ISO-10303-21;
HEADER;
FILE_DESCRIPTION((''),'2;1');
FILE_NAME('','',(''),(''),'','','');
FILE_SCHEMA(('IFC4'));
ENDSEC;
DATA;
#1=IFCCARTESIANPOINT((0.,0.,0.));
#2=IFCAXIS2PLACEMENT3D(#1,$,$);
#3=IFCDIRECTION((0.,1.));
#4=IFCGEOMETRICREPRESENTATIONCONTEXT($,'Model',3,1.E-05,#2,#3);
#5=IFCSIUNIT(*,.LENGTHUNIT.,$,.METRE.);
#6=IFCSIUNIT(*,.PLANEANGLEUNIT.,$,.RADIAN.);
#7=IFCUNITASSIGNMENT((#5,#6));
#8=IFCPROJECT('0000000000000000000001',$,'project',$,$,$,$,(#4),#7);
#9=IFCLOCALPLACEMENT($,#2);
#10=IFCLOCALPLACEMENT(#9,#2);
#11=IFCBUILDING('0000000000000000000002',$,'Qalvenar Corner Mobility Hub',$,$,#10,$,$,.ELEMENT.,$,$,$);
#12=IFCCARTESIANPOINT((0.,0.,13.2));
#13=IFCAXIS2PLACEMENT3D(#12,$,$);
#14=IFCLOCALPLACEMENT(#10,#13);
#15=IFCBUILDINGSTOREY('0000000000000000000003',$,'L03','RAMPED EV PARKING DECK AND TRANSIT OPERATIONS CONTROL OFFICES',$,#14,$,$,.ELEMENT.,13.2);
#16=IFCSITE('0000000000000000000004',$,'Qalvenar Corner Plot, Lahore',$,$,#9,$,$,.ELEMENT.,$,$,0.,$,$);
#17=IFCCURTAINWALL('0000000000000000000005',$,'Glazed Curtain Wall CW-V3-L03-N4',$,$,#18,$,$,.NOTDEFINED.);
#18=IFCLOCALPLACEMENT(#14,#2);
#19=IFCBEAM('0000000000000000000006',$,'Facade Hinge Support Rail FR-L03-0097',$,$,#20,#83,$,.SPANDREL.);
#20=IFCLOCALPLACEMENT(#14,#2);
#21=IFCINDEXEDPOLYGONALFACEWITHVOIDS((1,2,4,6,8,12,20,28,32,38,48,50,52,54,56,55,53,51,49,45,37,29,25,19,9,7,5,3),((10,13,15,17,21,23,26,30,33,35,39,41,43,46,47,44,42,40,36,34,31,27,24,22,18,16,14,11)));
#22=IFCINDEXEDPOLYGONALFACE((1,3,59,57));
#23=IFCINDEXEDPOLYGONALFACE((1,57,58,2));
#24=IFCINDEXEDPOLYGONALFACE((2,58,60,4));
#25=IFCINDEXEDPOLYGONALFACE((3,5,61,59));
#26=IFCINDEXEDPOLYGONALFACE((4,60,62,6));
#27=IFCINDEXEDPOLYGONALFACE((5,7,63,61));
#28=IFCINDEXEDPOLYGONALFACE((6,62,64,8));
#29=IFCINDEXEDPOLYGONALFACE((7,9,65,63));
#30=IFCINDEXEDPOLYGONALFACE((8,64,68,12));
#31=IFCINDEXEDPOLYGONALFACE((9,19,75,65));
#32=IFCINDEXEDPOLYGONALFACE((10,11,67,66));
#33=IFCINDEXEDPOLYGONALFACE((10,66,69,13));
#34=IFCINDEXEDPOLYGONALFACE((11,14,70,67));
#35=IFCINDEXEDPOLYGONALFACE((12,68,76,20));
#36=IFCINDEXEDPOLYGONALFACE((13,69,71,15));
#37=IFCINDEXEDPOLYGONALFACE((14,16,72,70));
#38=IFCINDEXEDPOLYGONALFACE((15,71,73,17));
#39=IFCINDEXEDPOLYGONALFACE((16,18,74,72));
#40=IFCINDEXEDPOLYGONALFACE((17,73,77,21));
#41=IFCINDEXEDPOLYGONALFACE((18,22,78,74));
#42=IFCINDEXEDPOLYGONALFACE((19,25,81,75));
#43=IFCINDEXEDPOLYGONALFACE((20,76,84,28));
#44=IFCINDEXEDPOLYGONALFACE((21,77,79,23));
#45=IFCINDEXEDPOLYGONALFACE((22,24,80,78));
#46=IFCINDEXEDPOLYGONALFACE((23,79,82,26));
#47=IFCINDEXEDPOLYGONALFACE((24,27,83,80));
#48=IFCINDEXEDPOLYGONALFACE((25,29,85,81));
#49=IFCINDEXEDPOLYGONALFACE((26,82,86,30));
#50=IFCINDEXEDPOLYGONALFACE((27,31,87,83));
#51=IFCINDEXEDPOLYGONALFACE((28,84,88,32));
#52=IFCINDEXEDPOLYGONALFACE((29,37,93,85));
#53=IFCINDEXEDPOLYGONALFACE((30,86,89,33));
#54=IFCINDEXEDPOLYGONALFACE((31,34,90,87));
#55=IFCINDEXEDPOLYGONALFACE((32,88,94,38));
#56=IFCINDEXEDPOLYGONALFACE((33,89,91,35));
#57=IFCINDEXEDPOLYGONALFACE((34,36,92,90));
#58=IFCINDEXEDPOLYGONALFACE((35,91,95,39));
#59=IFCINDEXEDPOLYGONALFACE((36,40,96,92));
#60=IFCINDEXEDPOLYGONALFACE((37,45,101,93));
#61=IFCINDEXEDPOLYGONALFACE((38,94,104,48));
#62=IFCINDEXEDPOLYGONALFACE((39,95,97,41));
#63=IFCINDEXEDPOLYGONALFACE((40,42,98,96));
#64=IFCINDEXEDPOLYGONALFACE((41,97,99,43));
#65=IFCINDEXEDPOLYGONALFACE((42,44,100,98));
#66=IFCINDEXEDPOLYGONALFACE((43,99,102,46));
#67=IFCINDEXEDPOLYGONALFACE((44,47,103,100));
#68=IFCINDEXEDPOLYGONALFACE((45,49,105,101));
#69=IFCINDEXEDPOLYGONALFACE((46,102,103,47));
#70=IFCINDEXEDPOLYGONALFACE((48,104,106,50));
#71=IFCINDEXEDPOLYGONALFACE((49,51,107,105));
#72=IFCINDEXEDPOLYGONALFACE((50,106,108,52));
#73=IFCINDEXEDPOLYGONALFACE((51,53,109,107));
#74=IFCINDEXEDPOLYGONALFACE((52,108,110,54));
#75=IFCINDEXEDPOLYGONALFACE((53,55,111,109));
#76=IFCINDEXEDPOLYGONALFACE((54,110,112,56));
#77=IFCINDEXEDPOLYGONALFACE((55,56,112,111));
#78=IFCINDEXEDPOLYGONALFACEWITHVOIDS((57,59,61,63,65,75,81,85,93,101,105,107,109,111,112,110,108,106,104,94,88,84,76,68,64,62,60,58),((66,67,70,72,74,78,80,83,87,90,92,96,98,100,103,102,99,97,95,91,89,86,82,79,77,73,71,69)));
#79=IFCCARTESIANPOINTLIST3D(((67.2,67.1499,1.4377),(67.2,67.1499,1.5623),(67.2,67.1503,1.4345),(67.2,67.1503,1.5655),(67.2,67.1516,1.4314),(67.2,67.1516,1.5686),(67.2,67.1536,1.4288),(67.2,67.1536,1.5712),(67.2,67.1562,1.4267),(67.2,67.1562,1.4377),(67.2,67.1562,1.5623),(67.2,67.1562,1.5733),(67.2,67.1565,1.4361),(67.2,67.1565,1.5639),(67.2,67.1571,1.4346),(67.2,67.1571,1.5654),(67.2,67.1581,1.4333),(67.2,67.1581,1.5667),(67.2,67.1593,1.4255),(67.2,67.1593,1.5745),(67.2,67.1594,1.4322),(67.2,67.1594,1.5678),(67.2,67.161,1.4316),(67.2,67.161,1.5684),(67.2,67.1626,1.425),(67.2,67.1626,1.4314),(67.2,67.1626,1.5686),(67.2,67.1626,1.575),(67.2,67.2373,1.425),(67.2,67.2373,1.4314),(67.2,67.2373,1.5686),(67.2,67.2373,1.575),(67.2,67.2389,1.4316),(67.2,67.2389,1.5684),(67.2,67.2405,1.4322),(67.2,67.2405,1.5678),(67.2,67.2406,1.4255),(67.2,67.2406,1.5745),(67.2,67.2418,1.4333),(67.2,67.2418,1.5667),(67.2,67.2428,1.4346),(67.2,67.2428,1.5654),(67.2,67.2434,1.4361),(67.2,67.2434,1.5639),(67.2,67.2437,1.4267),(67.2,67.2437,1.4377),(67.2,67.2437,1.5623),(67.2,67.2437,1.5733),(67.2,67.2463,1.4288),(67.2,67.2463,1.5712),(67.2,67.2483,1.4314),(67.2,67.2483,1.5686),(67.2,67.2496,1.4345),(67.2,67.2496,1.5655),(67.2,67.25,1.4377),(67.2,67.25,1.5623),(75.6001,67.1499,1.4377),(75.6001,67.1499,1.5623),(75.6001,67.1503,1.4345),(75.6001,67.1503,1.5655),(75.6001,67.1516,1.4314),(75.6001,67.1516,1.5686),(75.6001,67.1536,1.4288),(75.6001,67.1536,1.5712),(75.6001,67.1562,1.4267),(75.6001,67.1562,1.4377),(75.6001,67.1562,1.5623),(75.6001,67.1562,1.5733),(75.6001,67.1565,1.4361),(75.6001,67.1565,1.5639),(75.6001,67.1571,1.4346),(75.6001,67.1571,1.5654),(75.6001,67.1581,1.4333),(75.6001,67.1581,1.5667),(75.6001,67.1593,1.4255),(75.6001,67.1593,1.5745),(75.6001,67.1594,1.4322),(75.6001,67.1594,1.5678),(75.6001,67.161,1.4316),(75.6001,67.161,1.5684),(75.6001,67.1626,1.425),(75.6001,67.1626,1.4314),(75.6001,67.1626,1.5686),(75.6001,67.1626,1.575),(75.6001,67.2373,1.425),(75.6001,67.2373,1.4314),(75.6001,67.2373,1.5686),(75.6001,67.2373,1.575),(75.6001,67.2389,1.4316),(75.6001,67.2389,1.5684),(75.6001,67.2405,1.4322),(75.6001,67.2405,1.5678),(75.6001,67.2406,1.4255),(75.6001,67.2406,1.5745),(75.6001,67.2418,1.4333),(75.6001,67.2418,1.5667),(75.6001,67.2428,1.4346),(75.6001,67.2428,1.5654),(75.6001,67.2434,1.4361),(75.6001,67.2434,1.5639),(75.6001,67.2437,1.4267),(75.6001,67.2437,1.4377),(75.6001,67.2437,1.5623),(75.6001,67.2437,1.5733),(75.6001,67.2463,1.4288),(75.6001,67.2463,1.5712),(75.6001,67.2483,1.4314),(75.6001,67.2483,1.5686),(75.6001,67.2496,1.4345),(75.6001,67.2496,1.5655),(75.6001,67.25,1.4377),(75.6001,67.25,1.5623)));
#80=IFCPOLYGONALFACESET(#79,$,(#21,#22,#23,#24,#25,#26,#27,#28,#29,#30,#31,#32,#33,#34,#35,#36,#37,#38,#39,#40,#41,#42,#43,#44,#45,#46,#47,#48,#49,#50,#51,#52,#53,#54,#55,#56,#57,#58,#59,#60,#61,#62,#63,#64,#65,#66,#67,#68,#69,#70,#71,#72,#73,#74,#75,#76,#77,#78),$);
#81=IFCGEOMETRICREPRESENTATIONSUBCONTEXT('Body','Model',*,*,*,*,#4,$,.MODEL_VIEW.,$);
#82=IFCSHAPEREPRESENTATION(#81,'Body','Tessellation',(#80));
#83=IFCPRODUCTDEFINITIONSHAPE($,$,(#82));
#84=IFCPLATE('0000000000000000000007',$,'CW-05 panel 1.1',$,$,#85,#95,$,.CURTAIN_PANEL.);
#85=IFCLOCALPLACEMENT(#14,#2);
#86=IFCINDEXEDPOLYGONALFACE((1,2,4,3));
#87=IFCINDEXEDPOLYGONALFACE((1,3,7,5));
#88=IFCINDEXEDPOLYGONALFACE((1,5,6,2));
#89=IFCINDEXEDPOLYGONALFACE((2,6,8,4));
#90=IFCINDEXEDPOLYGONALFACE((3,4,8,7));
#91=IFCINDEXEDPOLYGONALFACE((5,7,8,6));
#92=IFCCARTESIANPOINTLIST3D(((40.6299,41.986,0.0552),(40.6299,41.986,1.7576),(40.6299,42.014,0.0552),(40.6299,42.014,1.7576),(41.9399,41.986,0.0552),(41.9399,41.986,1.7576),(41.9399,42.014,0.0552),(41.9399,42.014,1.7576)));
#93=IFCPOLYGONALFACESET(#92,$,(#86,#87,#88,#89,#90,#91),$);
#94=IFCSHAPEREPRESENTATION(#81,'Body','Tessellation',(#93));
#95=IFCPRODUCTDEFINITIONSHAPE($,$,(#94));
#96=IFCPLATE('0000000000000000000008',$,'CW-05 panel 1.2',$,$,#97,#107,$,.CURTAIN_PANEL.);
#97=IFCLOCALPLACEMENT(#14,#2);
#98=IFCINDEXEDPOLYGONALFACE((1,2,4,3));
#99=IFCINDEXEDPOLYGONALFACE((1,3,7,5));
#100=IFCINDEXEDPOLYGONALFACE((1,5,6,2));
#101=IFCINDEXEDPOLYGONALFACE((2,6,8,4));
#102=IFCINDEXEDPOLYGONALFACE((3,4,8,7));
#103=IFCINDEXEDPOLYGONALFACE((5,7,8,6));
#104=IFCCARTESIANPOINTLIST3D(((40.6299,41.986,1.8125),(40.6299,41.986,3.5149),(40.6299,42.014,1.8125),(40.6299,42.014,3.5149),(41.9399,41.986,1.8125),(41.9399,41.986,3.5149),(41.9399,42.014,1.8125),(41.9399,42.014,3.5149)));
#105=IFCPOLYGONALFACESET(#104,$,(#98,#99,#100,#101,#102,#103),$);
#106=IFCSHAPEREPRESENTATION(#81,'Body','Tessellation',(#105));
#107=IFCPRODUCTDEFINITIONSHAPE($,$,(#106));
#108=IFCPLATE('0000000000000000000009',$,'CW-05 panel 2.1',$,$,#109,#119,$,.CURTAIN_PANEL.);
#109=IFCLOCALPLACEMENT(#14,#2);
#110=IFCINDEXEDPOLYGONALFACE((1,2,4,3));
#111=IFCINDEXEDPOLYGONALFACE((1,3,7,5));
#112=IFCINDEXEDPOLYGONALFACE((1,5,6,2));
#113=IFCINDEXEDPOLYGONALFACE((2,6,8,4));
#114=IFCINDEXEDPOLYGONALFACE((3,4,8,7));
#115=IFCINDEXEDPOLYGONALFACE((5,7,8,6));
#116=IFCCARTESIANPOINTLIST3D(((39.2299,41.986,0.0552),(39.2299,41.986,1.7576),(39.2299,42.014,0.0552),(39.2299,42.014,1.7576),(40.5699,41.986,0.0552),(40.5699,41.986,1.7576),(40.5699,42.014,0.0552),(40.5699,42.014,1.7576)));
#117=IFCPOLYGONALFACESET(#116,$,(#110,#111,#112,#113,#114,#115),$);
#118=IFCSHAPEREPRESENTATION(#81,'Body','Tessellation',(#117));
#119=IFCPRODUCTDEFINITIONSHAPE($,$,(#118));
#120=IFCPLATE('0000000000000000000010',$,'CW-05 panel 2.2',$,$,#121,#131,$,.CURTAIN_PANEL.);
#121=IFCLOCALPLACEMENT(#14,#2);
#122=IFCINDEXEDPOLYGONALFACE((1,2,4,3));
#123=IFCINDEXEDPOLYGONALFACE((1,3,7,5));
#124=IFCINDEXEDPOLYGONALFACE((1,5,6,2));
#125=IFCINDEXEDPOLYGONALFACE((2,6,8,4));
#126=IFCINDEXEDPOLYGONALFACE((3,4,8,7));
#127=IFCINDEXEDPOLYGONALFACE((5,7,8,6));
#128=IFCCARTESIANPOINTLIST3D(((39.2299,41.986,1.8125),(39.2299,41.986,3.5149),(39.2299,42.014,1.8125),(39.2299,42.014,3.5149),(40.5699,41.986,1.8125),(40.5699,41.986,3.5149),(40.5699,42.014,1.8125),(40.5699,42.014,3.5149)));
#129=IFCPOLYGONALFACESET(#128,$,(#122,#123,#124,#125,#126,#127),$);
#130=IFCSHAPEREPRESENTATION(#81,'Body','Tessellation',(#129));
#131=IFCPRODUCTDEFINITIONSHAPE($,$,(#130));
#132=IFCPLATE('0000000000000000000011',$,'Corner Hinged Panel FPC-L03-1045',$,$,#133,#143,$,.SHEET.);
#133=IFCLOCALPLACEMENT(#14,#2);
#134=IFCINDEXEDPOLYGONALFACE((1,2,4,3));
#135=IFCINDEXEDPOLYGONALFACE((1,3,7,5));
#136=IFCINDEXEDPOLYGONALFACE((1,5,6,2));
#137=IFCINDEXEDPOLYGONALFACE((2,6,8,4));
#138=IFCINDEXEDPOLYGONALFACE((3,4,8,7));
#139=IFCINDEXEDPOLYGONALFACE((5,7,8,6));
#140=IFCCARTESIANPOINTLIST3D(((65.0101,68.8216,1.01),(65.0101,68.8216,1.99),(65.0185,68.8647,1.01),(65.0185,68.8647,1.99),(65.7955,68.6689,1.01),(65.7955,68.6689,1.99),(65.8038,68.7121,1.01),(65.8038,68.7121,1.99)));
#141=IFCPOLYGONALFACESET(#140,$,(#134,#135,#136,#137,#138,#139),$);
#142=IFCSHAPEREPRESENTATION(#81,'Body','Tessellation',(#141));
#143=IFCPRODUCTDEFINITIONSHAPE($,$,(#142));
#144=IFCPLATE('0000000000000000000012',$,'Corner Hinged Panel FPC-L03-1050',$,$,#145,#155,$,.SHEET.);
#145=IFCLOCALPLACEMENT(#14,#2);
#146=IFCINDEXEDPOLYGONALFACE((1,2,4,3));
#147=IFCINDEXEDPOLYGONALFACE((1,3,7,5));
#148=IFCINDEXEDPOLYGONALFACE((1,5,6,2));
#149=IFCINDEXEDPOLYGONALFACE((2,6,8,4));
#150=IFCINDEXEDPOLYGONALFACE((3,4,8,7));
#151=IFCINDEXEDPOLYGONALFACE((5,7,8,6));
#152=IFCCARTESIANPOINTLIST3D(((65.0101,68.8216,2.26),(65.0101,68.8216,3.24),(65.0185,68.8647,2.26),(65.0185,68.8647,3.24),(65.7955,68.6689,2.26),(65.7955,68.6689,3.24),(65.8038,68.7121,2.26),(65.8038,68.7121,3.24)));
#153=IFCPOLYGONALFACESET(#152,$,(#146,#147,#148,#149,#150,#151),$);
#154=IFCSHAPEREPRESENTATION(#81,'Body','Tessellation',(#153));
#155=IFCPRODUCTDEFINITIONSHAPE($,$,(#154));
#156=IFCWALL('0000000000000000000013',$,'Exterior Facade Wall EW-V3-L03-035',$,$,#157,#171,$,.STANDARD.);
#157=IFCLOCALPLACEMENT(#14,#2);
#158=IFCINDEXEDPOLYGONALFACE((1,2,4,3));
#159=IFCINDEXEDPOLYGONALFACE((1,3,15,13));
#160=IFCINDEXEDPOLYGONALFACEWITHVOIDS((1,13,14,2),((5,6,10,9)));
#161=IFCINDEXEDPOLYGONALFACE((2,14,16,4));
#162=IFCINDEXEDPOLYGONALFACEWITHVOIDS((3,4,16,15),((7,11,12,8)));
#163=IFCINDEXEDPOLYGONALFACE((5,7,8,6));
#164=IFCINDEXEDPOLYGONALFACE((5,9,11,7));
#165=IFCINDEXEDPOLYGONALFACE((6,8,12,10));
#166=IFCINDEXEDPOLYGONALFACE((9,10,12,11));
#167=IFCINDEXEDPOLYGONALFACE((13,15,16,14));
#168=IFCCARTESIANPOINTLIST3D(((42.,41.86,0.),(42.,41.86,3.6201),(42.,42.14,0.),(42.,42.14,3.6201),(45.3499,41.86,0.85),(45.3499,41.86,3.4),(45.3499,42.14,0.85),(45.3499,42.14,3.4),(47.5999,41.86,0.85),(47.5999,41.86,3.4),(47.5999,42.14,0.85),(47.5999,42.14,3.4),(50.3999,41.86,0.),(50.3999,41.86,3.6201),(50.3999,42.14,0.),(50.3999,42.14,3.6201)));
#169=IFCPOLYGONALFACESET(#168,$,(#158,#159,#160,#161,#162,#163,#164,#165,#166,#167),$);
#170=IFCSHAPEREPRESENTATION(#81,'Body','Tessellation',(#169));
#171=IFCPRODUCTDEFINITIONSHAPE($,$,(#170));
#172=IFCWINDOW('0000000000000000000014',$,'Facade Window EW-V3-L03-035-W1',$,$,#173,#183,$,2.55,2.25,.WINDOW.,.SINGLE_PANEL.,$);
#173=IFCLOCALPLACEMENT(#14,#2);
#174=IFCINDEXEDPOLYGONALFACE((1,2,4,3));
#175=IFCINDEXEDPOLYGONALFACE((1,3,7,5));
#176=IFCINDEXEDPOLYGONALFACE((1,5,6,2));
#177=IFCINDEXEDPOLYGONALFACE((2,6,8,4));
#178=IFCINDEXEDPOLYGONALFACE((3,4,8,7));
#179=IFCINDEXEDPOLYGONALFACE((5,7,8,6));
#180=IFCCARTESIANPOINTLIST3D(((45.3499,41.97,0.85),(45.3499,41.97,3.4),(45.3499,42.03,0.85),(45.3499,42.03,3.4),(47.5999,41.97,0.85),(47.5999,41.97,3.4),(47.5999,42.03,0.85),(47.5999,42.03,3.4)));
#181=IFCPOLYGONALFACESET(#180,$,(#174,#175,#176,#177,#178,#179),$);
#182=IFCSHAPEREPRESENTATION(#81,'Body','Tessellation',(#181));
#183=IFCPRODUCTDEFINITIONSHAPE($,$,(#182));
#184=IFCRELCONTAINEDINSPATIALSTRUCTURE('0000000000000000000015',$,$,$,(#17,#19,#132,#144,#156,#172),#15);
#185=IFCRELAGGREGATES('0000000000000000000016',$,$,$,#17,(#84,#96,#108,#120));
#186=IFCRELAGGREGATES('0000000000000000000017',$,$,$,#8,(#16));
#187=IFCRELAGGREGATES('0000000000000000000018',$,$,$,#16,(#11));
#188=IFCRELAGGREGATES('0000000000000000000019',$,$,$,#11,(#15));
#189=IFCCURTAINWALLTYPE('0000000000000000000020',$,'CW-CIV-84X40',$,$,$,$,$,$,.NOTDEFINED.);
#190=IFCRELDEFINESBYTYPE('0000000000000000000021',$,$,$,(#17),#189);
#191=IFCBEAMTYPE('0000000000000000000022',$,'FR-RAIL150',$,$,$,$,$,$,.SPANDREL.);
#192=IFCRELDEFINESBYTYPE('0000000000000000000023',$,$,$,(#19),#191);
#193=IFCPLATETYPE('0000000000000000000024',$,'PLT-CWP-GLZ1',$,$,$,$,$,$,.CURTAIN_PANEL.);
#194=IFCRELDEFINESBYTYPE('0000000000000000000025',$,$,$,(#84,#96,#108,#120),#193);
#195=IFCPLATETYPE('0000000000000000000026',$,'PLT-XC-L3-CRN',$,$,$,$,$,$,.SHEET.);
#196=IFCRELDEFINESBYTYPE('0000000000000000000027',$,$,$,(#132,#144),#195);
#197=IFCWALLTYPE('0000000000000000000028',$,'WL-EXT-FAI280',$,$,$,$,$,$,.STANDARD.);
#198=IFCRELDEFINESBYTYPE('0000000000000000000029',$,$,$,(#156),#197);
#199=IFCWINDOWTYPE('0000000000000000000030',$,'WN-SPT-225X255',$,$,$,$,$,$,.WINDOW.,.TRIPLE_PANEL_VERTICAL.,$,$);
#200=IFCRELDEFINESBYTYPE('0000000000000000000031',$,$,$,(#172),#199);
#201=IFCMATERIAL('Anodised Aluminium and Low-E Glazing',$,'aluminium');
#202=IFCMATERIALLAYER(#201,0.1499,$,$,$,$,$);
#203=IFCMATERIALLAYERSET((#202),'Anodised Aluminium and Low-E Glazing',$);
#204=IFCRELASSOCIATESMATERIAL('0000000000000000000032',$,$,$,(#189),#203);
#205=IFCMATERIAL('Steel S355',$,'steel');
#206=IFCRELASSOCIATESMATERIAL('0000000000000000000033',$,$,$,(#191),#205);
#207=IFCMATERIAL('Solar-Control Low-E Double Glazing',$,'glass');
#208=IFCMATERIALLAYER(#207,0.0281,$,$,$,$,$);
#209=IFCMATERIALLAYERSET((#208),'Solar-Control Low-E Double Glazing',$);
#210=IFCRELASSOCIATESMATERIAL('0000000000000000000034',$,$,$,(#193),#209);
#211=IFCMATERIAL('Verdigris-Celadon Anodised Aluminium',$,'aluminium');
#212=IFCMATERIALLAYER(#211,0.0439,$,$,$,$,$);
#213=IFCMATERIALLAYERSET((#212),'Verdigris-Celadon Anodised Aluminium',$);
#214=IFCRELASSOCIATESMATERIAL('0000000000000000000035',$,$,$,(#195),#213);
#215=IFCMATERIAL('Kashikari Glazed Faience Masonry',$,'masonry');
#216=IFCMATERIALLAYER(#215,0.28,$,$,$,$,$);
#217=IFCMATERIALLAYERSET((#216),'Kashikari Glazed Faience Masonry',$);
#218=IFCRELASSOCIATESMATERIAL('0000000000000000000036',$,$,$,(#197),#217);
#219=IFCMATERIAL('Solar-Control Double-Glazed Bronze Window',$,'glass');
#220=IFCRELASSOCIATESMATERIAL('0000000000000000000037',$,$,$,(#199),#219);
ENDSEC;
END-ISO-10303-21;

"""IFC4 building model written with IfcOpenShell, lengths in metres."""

from ifc_helpers import new_model, si_unit, direction, frame, frame_2d, origin, origin_2d, place, context, subcontext, project, spatial, rectangle, hollow_rectangle, extrude, material, layer, layer_set, material_profile, profile_set, type_object, element, fill, aggregate, save


model = new_model("IFC4")

# Units and contexts
model_context = context("Model", 3, precision=1e-05, world=origin(), true_north=direction((0.0, 1.0)))
body_context = subcontext(model_context, "Body", "Model", "MODEL_VIEW")
ifc_project = project(units=[si_unit("LENGTHUNIT", "METRE"), si_unit("PLANEANGLEUNIT", "RADIAN")], contexts=[model_context])

# Site, building, storey
site_placement = place(None, origin())
site = spatial("IfcSite", under=ifc_project, at=site_placement, Name="Qalvenar Corner Plot, Lahore", CompositionType="ELEMENT", RefElevation=0.0)
building_placement = place(site_placement, origin())
building = spatial("IfcBuilding", under=site, at=building_placement, Name="Qalvenar Corner Mobility Hub", CompositionType="ELEMENT")
storey_placement = place(building_placement, frame((0.0, 0.0, 13.2)))
storey = spatial("IfcBuildingStorey", under=building, at=storey_placement, Name="L03", Description="RAMPED EV PARKING DECK AND TRANSIT OPERATIONS CONTROL OFFICES", CompositionType="ELEMENT", Elevation=13.2)

# Shared definitions
ifc_material_1 = material(Name="Steel S355", Category="steel")

# Curtain wall
ifc_material_2 = material(Name="Anodised Aluminium and Low-E Glazing", Category="aluminium")
ifc_layer_1 = layer(ifc_material_2, 0.1499)
ifc_layer_set_1 = layer_set([ifc_layer_1], Name="Anodised Aluminium and Low-E Glazing")
curtain_wall_type = type_object("IfcCurtainWallType", Name="CW-CIV-84X40", PredefinedType="NOTDEFINED", material=ifc_layer_set_1)
curtain_wall_placement = place(storey_placement, origin())
curtain_wall = element("IfcCurtainWall", 1, at=curtain_wall_placement, inside=storey, type_object=curtain_wall_type, Name="Glazed Curtain Wall CW-V3-L03-N4", PredefinedType="NOTDEFINED")

# Beam
ifc_material_profile_1 = material_profile(ifc_material_1, hollow_rectangle(XDim=0.1001, YDim=0.1499, WallThickness=0.0063, InnerFilletRadius=0.0063, OuterFilletRadius=0.0127, at=origin_2d()), Name="RHS150x100x6.3")
ifc_profile_set_1 = profile_set([ifc_material_profile_1], Name="Steel S355")
beam_type_1 = type_object("IfcBeamType", Name="FR-RAIL150", PredefinedType="SPANDREL", material=ifc_profile_set_1)
beam_1_placement = place(storey_placement, frame((67.2, 67.2, 1.5), z_axis=(1.0, 0.0, 0.0), x_axis=(0.0, 1.0, 0.0)))
element("IfcBeam", 2, at=beam_1_placement, inside=storey, type_object=beam_type_1, Name="Facade Hinge Support Rail FR-L03-0097", PredefinedType="SPANDREL", context=body_context, shape_type="SweptSolid", body=[
    extrude(hollow_rectangle(XDim=0.1001, YDim=0.1499, WallThickness=0.0063, InnerFilletRadius=0.0063, OuterFilletRadius=0.0127, at=origin_2d()), origin(), (0.0, 0.0, 1.0), 8.4001),
])

# Plates
ifc_material_3 = material(Name="Solar-Control Low-E Double Glazing", Category="glass")
ifc_layer_2 = layer(ifc_material_3, 0.0281)
ifc_layer_set_2 = layer_set([ifc_layer_2], Name="Solar-Control Low-E Double Glazing")
plate_type_1 = type_object("IfcPlateType", Name="PLT-CWP-GLZ1", PredefinedType="CURTAIN_PANEL", material=ifc_layer_set_2)
plate_1_placement = place(storey_placement, frame((41.2849, 42.0, 0.0552), z_axis=(0.0, 0.0, 1.0), x_axis=(-1.0, 0.0, 0.0)))
plate_1 = element("IfcPlate", 3, at=plate_1_placement, type_object=plate_type_1, Name="CW-05 panel 1.1", PredefinedType="CURTAIN_PANEL", context=body_context, shape_type="SweptSolid", body=[
    extrude(rectangle(XDim=1.3101, YDim=0.0281, at=origin_2d()), origin(), (0.0, 0.0, 1.0), 1.7024),
])
plate_2_placement = place(storey_placement, frame((41.2849, 42.0, 1.8125), z_axis=(0.0, 0.0, 1.0), x_axis=(-1.0, 0.0, 0.0)))
plate_2 = element("IfcPlate", 4, at=plate_2_placement, type_object=plate_type_1, Name="CW-05 panel 1.2", PredefinedType="CURTAIN_PANEL", context=body_context, shape_type="SweptSolid", body=[
    extrude(rectangle(XDim=1.3101, YDim=0.0281, at=origin_2d()), origin(), (0.0, 0.0, 1.0), 1.7024),
])
plate_3_placement = place(storey_placement, frame((39.8999, 42.0, 0.0552), z_axis=(0.0, 0.0, 1.0), x_axis=(-1.0, 0.0, 0.0)))
plate_3 = element("IfcPlate", 5, at=plate_3_placement, type_object=plate_type_1, Name="CW-05 panel 2.1", PredefinedType="CURTAIN_PANEL", context=body_context, shape_type="SweptSolid", body=[
    extrude(rectangle(XDim=1.3401, YDim=0.0281, at=origin_2d()), origin(), (0.0, 0.0, 1.0), 1.7024),
])
plate_4_placement = place(storey_placement, frame((39.8999, 42.0, 1.8125), z_axis=(0.0, 0.0, 1.0), x_axis=(-1.0, 0.0, 0.0)))
plate_4 = element("IfcPlate", 6, at=plate_4_placement, type_object=plate_type_1, Name="CW-05 panel 2.2", PredefinedType="CURTAIN_PANEL", context=body_context, shape_type="SweptSolid", body=[
    extrude(rectangle(XDim=1.3401, YDim=0.0281, at=origin_2d()), origin(), (0.0, 0.0, 1.0), 1.7024),
])
aggregate(curtain_wall, [plate_1, plate_2, plate_3, plate_4])

# Plates
ifc_material_4 = material(Name="Verdigris-Celadon Anodised Aluminium", Category="aluminium")
ifc_layer_3 = layer(ifc_material_4, 0.0439)
ifc_layer_set_3 = layer_set([ifc_layer_3], Name="Verdigris-Celadon Anodised Aluminium")
plate_type_2 = type_object("IfcPlateType", Name="PLT-XC-L3-CRN", PredefinedType="SHEET", material=ifc_layer_set_3)
for number, where, z_axis, x_axis, name in (
    (7, (65.407, 68.7668, 1.01), (0.0, 0.0, 1.0), (0.981627, -0.190809, 0.0), "Corner Hinged Panel FPC-L03-1045"),
    (8, (65.407, 68.7668, 2.26), (0.0, 0.0, 1.0), (0.981627, -0.190809, 0.0), "Corner Hinged Panel FPC-L03-1050"),
):
    element("IfcPlate", number, at=place(storey_placement, frame(where, z_axis=z_axis, x_axis=x_axis)), inside=storey, type_object=plate_type_2, Name=name, PredefinedType="SHEET", context=body_context, shape_type="SweptSolid", body=[
        extrude(rectangle(XDim=0.8, YDim=0.0439, at=origin_2d()), origin(), (0.0, 0.0, 1.0), 0.98),
    ])

# Wall, opening, window
ifc_material_5 = material(Name="Kashikari Glazed Faience Masonry", Category="masonry")
ifc_layer_4 = layer(ifc_material_5, 0.28)
ifc_layer_set_4 = layer_set([ifc_layer_4], Name="Kashikari Glazed Faience Masonry")
wall_type = type_object("IfcWallType", Name="WL-EXT-FAI280", PredefinedType="STANDARD", material=ifc_layer_set_4)
wall_placement = place(storey_placement, frame((50.3999, 42.0, 0.0), z_axis=(0.0, 0.0, 1.0), x_axis=(-1.0, 0.0, 0.0)))
wall = element("IfcWall", 9, at=wall_placement, inside=storey, type_object=wall_type, Name="Exterior Facade Wall EW-V3-L03-035", PredefinedType="STANDARD", context=body_context, shape_type="SweptSolid", body=[
    extrude(rectangle(XDim=8.3999, YDim=0.28, at=frame_2d((4.2, 0.0))), origin(), (0.0, 0.0, 1.0), 3.6201),
])
opening_placement = place(wall_placement, frame((2.8, 0.0, 0.8501)))
opening = element("IfcOpeningElement", 10, at=opening_placement, cuts=wall, PredefinedType="OPENING", context=body_context, shape_type="SweptSolid", body=[
    extrude(rectangle(XDim=2.25, YDim=2.55, at=frame_2d((1.125, 1.2749))), frame((0.0, 0.1499, 0.0), z_axis=(0.0, -1.0, 0.0), x_axis=(1.0, 0.0, 0.0)), (0.0, 0.0, 1.0), 0.3),
])
ifc_material_6 = material(Name="Solar-Control Double-Glazed Bronze Window", Category="glass")
window_type = type_object("IfcWindowType", Name="WN-SPT-225X255", PartitioningType="TRIPLE_PANEL_VERTICAL", PredefinedType="WINDOW", material=ifc_material_6)
window_placement = place(opening_placement, origin())
window = element("IfcWindow", 11, at=window_placement, inside=storey, type_object=window_type, Name="Facade Window EW-V3-L03-035-W1", OverallHeight=2.55, OverallWidth=2.25, PartitioningType="SINGLE_PANEL", PredefinedType="WINDOW", context=body_context, shape_type="SweptSolid", body=[
    extrude(rectangle(XDim=2.25, YDim=2.55, at=frame_2d((1.125, 1.2749))), frame((0.0, 0.03, 0.0), z_axis=(0.0, -1.0, 0.0), x_axis=(1.0, 0.0, 0.0)), (0.0, 0.0, 1.0), 0.0601),
])
fill(opening, window)

save(model, "model.ifc")
